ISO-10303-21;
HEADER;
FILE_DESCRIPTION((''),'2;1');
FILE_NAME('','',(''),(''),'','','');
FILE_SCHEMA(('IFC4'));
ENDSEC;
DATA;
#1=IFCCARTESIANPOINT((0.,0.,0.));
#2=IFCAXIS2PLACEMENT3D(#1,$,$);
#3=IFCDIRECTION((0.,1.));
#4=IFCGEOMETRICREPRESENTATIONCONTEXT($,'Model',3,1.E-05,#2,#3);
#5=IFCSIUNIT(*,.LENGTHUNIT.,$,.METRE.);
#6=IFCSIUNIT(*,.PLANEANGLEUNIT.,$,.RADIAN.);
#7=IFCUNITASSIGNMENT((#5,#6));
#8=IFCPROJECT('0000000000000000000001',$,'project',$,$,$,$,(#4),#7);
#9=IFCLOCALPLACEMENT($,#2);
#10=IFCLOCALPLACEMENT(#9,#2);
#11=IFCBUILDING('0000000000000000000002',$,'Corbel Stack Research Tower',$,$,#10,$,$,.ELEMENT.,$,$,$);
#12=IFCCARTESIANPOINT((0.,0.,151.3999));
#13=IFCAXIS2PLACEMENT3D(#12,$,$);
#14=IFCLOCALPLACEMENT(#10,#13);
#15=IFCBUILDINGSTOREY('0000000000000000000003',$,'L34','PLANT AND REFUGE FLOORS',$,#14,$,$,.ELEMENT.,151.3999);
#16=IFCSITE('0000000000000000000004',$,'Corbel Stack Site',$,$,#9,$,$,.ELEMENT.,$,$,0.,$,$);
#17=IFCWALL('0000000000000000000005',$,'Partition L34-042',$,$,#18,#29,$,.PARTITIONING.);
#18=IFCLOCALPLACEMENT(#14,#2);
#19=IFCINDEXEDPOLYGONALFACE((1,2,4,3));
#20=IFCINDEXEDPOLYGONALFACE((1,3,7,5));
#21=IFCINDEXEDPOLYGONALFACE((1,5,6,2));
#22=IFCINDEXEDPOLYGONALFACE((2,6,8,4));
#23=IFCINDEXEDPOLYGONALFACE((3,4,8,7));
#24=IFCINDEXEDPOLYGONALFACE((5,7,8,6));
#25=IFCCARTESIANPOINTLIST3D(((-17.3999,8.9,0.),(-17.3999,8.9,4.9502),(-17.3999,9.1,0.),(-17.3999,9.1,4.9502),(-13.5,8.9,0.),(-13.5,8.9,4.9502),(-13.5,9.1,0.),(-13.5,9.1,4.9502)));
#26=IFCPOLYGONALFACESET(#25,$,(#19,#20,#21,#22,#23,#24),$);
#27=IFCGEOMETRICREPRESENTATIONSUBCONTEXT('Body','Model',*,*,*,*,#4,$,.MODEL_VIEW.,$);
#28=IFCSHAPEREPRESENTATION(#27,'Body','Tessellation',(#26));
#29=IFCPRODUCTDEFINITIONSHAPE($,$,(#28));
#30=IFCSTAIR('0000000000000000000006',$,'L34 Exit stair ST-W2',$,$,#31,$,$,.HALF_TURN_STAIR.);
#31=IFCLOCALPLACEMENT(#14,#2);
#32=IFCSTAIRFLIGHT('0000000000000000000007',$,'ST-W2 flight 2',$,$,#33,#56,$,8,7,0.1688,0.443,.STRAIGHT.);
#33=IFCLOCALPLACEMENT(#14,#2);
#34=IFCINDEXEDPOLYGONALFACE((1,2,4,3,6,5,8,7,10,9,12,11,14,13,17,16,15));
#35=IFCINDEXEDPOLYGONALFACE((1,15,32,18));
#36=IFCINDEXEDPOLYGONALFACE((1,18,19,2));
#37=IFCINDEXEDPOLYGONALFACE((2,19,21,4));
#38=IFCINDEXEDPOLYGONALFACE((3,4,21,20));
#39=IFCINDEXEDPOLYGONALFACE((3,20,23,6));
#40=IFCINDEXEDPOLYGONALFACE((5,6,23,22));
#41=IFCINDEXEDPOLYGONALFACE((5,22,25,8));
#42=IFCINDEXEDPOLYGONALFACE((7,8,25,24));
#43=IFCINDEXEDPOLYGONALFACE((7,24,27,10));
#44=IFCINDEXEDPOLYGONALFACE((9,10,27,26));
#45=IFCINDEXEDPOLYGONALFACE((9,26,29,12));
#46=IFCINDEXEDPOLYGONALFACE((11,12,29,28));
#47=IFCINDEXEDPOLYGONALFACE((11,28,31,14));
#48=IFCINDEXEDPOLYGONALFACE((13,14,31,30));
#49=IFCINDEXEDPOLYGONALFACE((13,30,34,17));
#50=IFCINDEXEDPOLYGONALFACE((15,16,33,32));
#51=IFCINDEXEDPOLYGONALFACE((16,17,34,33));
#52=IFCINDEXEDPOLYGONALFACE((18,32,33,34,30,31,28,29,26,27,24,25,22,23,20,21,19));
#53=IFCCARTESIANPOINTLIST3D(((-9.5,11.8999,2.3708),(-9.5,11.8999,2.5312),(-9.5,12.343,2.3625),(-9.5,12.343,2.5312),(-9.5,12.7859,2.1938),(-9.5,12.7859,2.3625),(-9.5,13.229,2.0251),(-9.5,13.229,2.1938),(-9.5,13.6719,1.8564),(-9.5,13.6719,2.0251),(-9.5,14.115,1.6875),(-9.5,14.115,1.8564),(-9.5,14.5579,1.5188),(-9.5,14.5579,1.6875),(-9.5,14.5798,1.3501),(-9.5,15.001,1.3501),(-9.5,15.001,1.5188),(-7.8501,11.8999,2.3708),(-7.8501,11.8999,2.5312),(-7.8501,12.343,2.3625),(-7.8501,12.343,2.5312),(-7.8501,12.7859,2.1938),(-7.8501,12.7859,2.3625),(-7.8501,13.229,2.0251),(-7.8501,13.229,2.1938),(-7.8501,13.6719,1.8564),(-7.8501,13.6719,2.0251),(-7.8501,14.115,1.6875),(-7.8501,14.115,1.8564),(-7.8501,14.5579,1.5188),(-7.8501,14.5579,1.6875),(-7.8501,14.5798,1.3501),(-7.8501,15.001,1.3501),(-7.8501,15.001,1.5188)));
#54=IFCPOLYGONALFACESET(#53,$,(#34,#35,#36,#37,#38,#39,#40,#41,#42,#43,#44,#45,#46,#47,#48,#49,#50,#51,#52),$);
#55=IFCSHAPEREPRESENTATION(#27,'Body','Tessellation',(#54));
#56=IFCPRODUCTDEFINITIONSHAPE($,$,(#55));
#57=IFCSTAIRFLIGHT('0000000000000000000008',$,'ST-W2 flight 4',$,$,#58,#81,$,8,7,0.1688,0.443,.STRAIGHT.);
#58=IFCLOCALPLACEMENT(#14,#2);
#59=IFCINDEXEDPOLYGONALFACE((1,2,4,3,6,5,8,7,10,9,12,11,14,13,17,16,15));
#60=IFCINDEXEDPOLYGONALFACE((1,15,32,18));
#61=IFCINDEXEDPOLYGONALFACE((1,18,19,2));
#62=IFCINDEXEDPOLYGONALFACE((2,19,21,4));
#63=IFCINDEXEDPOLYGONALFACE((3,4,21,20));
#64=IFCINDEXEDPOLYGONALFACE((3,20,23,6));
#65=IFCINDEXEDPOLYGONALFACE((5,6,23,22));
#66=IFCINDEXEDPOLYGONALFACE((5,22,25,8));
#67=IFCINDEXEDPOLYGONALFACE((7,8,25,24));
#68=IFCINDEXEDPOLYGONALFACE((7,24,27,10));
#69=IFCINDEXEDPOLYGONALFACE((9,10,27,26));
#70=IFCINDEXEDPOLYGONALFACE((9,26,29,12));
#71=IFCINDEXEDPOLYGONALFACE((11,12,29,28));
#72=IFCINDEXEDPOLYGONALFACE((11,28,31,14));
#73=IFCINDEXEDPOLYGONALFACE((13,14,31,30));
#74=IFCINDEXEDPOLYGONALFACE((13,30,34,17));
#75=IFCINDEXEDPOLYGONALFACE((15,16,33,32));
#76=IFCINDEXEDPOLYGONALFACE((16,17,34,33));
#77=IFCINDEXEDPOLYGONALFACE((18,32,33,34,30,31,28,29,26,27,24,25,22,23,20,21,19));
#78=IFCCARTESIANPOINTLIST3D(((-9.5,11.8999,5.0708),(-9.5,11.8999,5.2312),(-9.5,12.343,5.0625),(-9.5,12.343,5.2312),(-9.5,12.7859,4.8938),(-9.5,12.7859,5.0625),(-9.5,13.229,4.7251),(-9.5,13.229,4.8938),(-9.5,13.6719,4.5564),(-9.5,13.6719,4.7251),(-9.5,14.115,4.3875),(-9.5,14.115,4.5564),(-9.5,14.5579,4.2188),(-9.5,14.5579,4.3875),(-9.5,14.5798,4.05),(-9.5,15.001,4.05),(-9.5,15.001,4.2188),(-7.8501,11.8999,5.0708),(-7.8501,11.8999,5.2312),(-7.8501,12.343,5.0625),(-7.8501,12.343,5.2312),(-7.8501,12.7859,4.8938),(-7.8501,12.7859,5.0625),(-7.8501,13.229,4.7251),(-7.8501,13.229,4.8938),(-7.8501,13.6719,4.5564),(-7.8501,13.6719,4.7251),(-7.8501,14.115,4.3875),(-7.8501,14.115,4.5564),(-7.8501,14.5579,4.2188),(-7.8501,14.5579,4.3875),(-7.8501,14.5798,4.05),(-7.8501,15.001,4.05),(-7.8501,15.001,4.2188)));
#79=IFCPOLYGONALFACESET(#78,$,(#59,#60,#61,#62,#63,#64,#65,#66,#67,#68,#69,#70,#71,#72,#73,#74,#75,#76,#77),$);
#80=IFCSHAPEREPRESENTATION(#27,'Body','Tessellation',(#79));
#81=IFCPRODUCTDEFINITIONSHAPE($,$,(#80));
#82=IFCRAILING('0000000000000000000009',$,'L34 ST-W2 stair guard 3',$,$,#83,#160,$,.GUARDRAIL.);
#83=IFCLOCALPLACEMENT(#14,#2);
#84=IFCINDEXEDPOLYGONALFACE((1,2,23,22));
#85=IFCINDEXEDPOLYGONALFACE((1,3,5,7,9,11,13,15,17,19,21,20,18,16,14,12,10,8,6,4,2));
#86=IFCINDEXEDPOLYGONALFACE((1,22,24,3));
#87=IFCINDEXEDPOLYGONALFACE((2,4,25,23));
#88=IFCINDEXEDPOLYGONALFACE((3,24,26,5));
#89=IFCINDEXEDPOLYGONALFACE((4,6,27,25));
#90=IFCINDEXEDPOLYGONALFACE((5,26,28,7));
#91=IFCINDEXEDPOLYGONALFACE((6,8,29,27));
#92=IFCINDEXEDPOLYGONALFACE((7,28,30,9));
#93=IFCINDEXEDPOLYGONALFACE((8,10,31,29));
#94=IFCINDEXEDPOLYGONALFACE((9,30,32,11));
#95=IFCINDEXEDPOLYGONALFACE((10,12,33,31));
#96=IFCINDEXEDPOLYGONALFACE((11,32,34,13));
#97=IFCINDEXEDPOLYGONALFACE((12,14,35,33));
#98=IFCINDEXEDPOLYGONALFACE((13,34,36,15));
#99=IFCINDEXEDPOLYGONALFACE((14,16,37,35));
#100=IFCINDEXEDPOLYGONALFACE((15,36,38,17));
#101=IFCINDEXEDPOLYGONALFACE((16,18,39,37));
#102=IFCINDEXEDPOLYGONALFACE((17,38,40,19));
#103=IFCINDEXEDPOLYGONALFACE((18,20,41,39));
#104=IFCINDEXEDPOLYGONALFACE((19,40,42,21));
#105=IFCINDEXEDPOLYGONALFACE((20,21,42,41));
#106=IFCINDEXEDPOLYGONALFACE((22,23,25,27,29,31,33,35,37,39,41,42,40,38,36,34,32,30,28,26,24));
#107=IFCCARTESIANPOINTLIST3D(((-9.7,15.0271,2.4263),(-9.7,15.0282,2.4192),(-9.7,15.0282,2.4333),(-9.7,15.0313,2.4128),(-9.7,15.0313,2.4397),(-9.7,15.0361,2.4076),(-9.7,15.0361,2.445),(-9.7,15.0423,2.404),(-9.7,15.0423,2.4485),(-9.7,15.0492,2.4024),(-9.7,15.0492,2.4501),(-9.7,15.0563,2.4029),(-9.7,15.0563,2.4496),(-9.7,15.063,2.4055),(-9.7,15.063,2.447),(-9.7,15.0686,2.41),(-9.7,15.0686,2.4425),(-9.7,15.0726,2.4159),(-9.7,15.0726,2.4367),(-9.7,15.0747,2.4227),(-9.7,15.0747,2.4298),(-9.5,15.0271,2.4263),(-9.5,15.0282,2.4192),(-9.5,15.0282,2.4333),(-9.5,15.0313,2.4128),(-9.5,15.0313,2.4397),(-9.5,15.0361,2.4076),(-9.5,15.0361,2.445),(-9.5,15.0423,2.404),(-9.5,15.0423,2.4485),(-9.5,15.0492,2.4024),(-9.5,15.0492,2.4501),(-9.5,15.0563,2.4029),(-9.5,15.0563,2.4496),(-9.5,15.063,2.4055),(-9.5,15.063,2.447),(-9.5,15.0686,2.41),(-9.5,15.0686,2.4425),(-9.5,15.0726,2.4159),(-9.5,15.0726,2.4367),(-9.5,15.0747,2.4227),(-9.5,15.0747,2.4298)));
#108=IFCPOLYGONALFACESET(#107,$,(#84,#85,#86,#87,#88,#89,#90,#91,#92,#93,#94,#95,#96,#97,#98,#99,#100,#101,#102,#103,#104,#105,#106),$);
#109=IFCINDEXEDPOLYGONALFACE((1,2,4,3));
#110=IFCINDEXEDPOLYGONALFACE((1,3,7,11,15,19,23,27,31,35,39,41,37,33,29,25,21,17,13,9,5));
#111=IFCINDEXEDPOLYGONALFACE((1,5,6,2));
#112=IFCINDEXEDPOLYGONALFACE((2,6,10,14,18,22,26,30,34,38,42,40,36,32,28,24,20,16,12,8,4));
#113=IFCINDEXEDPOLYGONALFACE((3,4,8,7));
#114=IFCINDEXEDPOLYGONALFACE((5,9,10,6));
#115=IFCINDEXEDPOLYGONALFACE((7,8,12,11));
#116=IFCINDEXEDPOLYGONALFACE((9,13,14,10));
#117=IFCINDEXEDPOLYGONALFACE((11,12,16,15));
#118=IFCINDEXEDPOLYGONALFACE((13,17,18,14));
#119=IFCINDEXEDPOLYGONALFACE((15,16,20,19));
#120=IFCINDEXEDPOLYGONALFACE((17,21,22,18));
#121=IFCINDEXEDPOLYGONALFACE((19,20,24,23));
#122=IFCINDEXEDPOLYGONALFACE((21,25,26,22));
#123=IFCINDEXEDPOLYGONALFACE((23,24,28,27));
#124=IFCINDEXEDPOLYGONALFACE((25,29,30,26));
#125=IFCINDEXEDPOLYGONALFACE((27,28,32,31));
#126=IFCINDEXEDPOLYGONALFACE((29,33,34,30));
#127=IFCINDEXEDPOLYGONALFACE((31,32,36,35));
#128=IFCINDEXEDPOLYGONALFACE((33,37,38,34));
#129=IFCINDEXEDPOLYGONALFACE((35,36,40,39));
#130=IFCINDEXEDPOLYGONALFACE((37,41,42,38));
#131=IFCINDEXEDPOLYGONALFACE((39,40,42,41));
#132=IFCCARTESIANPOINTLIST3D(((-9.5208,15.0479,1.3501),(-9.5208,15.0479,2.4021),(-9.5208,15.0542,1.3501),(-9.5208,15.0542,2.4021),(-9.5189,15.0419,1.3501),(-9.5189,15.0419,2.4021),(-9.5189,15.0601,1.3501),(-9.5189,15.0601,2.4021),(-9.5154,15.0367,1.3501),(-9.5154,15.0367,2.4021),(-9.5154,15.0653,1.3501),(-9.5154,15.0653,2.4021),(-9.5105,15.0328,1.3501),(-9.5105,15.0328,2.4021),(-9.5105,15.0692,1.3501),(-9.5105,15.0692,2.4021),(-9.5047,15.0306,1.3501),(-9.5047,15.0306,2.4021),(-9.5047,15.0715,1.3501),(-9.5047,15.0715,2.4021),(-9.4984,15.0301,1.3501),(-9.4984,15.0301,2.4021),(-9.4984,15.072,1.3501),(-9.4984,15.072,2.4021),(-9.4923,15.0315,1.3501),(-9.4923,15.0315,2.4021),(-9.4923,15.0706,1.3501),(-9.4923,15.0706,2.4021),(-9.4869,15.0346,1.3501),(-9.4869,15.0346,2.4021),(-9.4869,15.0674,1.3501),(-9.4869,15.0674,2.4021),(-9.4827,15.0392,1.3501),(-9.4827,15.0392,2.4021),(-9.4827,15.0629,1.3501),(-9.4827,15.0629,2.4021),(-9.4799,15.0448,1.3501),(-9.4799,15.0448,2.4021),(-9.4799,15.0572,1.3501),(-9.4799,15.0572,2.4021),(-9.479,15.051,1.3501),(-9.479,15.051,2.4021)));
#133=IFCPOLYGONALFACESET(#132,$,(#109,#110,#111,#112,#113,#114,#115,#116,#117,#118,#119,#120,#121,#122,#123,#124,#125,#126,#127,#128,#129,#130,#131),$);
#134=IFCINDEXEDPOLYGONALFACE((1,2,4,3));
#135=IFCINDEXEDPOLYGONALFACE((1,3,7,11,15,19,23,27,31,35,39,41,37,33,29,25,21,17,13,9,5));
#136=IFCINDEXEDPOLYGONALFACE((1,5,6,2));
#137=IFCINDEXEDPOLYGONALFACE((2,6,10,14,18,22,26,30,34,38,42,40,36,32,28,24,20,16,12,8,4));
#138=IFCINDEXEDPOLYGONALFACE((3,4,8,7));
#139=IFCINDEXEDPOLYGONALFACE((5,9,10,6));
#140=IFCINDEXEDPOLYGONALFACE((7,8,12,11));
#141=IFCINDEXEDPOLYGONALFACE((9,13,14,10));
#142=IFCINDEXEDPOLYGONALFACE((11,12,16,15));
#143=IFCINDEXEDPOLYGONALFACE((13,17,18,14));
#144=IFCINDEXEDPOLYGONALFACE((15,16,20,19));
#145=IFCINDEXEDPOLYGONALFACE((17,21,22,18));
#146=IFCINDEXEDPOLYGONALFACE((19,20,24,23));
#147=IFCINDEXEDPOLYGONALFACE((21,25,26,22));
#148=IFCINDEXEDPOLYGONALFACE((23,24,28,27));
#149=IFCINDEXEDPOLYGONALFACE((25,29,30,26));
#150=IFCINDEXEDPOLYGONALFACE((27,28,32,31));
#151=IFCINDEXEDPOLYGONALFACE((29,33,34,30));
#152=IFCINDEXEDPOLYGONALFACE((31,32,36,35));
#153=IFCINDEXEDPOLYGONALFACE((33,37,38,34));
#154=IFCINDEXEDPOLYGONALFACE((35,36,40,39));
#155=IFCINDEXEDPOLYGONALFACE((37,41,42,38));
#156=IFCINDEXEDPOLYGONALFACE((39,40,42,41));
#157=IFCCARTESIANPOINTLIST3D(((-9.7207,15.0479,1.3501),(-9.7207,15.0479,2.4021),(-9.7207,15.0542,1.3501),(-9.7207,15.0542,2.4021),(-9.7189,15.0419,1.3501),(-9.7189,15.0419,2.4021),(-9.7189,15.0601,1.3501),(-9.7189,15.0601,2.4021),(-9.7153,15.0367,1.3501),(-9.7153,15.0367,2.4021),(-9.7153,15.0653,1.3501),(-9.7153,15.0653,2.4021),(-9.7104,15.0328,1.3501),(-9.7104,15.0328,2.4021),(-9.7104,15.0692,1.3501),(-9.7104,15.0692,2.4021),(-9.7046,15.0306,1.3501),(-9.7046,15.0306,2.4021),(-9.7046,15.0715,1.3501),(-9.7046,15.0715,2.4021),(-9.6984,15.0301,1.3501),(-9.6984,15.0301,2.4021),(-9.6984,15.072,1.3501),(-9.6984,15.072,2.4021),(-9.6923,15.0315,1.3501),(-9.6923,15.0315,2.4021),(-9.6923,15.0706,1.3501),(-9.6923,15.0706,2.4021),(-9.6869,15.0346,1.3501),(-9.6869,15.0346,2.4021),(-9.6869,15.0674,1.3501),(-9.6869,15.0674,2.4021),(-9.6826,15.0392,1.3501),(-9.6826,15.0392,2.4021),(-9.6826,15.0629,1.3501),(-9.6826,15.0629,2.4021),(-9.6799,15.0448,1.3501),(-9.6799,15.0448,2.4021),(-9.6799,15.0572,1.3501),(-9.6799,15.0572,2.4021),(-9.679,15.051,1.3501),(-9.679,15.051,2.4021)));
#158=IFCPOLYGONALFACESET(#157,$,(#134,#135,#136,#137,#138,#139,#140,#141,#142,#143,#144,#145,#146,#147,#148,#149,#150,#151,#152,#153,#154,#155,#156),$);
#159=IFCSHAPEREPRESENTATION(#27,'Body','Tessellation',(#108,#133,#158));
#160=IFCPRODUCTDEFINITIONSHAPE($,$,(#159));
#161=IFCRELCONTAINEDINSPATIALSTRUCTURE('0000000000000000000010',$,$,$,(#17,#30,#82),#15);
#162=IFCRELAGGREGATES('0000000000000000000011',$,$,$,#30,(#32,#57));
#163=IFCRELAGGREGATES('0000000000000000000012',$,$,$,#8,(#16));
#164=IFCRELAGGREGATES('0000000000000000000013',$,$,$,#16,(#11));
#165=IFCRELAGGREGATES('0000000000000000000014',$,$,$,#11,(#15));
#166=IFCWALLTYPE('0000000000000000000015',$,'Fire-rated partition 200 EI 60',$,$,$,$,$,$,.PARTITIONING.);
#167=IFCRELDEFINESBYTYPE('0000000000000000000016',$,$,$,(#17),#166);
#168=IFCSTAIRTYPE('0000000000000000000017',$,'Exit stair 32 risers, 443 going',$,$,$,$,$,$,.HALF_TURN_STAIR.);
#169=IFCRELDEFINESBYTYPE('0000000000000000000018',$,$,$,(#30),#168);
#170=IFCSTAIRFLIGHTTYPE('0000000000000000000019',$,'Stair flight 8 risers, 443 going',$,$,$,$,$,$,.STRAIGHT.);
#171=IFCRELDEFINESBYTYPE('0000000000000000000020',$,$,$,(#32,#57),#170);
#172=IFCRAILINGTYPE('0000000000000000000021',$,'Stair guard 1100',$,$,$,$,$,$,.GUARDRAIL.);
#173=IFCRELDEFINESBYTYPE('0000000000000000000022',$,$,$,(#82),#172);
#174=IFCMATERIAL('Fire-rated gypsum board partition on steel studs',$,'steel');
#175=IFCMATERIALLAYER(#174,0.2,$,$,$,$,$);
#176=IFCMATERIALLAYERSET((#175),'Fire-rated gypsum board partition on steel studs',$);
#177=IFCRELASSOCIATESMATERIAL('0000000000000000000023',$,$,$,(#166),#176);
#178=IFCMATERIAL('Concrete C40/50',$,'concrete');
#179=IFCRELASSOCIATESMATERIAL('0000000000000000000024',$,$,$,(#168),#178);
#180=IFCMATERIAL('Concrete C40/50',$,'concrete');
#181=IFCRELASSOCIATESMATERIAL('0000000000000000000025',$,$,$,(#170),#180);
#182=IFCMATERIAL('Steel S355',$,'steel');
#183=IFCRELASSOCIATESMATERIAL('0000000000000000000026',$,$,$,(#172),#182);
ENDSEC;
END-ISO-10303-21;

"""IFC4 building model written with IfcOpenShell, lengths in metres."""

from ifc_helpers import new_model, si_unit, direction, frame, frame_2d, origin, origin_2d, place, context, subcontext, project, spatial, polyline, rectangle, circle, outline, extrude, material, layer, layer_set, type_object, element, aggregate, save


model = new_model("IFC4")

# Units and contexts
model_context = context("Model", 3, precision=1e-05, world=origin(), true_north=direction((0.0, 1.0)))
body_context = subcontext(model_context, "Body", "Model", "MODEL_VIEW")
ifc_project = project(units=[si_unit("LENGTHUNIT", "METRE"), si_unit("PLANEANGLEUNIT", "RADIAN")], contexts=[model_context])

# Site, building, storey
site_placement = place(None, origin())
site = spatial("IfcSite", under=ifc_project, at=site_placement, Name="Corbel Stack Site", CompositionType="ELEMENT", RefElevation=0.0)
building_placement = place(site_placement, origin())
building = spatial("IfcBuilding", under=site, at=building_placement, Name="Corbel Stack Research Tower", CompositionType="ELEMENT")
storey_placement = place(building_placement, frame((0.0, 0.0, 151.3999)))
storey = spatial("IfcBuildingStorey", under=building, at=storey_placement, Name="L34", Description="PLANT AND REFUGE FLOORS", CompositionType="ELEMENT", Elevation=151.3999)

# Wall
ifc_material_1 = material(Name="Fire-rated gypsum board partition on steel studs", Category="steel")
ifc_layer_1 = layer(ifc_material_1, 0.2)
ifc_layer_set_1 = layer_set([ifc_layer_1], Name="Fire-rated gypsum board partition on steel studs")
wall_type_1 = type_object("IfcWallType", Name="Fire-rated partition 200 EI 60", PredefinedType="PARTITIONING", material=ifc_layer_set_1)
wall_1_placement = place(storey_placement, frame((-17.3999, 9.0, 0.0), z_axis=(0.0, 0.0, 1.0), x_axis=(1.0, 0.0, 0.0)))
element("IfcWall", 1, at=wall_1_placement, inside=storey, type_object=wall_type_1, Name="Partition L34-042", PredefinedType="PARTITIONING", context=body_context, shape_type="SweptSolid", body=[
    extrude(rectangle(XDim=3.8999, YDim=0.2, at=frame_2d((1.95, 0.0))), origin(), (0.0, 0.0, 1.0), 4.9502),
])

# Stair, stair flights
ifc_material_2 = material(Name="Concrete C40/50", Category="concrete")
stair_type = type_object("IfcStairType", Name="Exit stair 32 risers, 443 going", PredefinedType="HALF_TURN_STAIR", material=ifc_material_2)
stair_placement = place(storey_placement, origin())
stair = element("IfcStair", 2, at=stair_placement, inside=storey, type_object=stair_type, Name="L34 Exit stair ST-W2", PredefinedType="HALF_TURN_STAIR")
ifc_material_3 = material(Name="Concrete C40/50", Category="concrete")
stair_flight_type = type_object("IfcStairFlightType", Name="Stair flight 8 risers, 443 going", PredefinedType="STRAIGHT", material=ifc_material_3)
stair_flight_1_placement = place(storey_placement, frame((-8.675, 15.001, 1.3501), z_axis=(0.0, 0.0, 1.0), x_axis=(0.0, -1.0, 0.0)))
stair_flight_1 = element("IfcStairFlight", 3, at=stair_flight_1_placement, type_object=stair_flight_type, Name="ST-W2 flight 2", NumberOfRisers=8, NumberOfTreads=7, PredefinedType="STRAIGHT", RiserHeight=0.1688, TreadLength=0.443, context=body_context, shape_type="SweptSolid", body=[
    extrude(outline(polyline([(0.0, 0.0), (0.0, 0.1687), (0.4431, 0.1687), (0.4431, 0.3374), (0.886, 0.3374), (0.886, 0.5063), (1.3291, 0.5063), (1.3291, 0.675), (1.772, 0.675), (1.772, 0.8438), (2.2151, 0.8438), (2.2151, 1.0125), (2.658, 1.0125), (2.658, 1.1812), (3.1011, 1.1812), (3.1011, 1.3501), (3.1011, 1.0208), (0.4211, 0.0), (0.0, 0.0)])), frame((0.0, 0.825, 0.0), z_axis=(0.0, -1.0, 0.0), x_axis=(1.0, 0.0, 0.0)), (0.0, 0.0, 1.0), 1.6499),
])
stair_flight_2_placement = place(storey_placement, frame((-8.675, 15.001, 4.05), z_axis=(0.0, 0.0, 1.0), x_axis=(0.0, -1.0, 0.0)))
stair_flight_2 = element("IfcStairFlight", 4, at=stair_flight_2_placement, type_object=stair_flight_type, Name="ST-W2 flight 4", NumberOfRisers=8, NumberOfTreads=7, PredefinedType="STRAIGHT", RiserHeight=0.1688, TreadLength=0.443, context=body_context, shape_type="SweptSolid", body=[
    extrude(outline(polyline([(0.0, 0.0), (0.0, 0.1687), (0.4431, 0.1687), (0.4431, 0.3374), (0.886, 0.3374), (0.886, 0.5063), (1.3291, 0.5063), (1.3291, 0.675), (1.772, 0.675), (1.772, 0.8438), (2.2151, 0.8438), (2.2151, 1.0125), (2.658, 1.0125), (2.658, 1.1812), (3.1011, 1.1812), (3.1011, 1.3501), (3.1011, 1.0208), (0.4211, 0.0), (0.0, 0.0)])), frame((0.0, 0.825, 0.0), z_axis=(0.0, -1.0, 0.0), x_axis=(1.0, 0.0, 0.0)), (0.0, 0.0, 1.0), 1.6499),
])
aggregate(stair, [stair_flight_1, stair_flight_2])

# Railing
ifc_material_4 = material(Name="Steel S355", Category="steel")
railing_type_1 = type_object("IfcRailingType", Name="Stair guard 1100", PredefinedType="GUARDRAIL", material=ifc_material_4)
railing_1_placement = place(storey_placement, frame((-9.5, 15.051, 1.3501)))
element("IfcRailing", 5, at=railing_1_placement, inside=storey, type_object=railing_type_1, Name="L34 ST-W2 stair guard 3", PredefinedType="GUARDRAIL", context=body_context, shape_type="SweptSolid", body=[
    extrude(circle(Radius=0.0239, at=origin_2d()), frame((0.0, 0.0, 1.0762), z_axis=(-1.0, 0.0, 0.0), x_axis=(0.0, -1.0, 0.0)), (0.0, 0.0, 1.0), 0.2),
    extrude(circle(Radius=0.021, at=origin_2d()), origin(), (0.0, 0.0, 1.0), 1.052),
    extrude(circle(Radius=0.021, at=origin_2d()), frame((-0.2, 0.0, 0.0)), (0.0, 0.0, 1.0), 1.052),
])

save(model, "model.ifc")
